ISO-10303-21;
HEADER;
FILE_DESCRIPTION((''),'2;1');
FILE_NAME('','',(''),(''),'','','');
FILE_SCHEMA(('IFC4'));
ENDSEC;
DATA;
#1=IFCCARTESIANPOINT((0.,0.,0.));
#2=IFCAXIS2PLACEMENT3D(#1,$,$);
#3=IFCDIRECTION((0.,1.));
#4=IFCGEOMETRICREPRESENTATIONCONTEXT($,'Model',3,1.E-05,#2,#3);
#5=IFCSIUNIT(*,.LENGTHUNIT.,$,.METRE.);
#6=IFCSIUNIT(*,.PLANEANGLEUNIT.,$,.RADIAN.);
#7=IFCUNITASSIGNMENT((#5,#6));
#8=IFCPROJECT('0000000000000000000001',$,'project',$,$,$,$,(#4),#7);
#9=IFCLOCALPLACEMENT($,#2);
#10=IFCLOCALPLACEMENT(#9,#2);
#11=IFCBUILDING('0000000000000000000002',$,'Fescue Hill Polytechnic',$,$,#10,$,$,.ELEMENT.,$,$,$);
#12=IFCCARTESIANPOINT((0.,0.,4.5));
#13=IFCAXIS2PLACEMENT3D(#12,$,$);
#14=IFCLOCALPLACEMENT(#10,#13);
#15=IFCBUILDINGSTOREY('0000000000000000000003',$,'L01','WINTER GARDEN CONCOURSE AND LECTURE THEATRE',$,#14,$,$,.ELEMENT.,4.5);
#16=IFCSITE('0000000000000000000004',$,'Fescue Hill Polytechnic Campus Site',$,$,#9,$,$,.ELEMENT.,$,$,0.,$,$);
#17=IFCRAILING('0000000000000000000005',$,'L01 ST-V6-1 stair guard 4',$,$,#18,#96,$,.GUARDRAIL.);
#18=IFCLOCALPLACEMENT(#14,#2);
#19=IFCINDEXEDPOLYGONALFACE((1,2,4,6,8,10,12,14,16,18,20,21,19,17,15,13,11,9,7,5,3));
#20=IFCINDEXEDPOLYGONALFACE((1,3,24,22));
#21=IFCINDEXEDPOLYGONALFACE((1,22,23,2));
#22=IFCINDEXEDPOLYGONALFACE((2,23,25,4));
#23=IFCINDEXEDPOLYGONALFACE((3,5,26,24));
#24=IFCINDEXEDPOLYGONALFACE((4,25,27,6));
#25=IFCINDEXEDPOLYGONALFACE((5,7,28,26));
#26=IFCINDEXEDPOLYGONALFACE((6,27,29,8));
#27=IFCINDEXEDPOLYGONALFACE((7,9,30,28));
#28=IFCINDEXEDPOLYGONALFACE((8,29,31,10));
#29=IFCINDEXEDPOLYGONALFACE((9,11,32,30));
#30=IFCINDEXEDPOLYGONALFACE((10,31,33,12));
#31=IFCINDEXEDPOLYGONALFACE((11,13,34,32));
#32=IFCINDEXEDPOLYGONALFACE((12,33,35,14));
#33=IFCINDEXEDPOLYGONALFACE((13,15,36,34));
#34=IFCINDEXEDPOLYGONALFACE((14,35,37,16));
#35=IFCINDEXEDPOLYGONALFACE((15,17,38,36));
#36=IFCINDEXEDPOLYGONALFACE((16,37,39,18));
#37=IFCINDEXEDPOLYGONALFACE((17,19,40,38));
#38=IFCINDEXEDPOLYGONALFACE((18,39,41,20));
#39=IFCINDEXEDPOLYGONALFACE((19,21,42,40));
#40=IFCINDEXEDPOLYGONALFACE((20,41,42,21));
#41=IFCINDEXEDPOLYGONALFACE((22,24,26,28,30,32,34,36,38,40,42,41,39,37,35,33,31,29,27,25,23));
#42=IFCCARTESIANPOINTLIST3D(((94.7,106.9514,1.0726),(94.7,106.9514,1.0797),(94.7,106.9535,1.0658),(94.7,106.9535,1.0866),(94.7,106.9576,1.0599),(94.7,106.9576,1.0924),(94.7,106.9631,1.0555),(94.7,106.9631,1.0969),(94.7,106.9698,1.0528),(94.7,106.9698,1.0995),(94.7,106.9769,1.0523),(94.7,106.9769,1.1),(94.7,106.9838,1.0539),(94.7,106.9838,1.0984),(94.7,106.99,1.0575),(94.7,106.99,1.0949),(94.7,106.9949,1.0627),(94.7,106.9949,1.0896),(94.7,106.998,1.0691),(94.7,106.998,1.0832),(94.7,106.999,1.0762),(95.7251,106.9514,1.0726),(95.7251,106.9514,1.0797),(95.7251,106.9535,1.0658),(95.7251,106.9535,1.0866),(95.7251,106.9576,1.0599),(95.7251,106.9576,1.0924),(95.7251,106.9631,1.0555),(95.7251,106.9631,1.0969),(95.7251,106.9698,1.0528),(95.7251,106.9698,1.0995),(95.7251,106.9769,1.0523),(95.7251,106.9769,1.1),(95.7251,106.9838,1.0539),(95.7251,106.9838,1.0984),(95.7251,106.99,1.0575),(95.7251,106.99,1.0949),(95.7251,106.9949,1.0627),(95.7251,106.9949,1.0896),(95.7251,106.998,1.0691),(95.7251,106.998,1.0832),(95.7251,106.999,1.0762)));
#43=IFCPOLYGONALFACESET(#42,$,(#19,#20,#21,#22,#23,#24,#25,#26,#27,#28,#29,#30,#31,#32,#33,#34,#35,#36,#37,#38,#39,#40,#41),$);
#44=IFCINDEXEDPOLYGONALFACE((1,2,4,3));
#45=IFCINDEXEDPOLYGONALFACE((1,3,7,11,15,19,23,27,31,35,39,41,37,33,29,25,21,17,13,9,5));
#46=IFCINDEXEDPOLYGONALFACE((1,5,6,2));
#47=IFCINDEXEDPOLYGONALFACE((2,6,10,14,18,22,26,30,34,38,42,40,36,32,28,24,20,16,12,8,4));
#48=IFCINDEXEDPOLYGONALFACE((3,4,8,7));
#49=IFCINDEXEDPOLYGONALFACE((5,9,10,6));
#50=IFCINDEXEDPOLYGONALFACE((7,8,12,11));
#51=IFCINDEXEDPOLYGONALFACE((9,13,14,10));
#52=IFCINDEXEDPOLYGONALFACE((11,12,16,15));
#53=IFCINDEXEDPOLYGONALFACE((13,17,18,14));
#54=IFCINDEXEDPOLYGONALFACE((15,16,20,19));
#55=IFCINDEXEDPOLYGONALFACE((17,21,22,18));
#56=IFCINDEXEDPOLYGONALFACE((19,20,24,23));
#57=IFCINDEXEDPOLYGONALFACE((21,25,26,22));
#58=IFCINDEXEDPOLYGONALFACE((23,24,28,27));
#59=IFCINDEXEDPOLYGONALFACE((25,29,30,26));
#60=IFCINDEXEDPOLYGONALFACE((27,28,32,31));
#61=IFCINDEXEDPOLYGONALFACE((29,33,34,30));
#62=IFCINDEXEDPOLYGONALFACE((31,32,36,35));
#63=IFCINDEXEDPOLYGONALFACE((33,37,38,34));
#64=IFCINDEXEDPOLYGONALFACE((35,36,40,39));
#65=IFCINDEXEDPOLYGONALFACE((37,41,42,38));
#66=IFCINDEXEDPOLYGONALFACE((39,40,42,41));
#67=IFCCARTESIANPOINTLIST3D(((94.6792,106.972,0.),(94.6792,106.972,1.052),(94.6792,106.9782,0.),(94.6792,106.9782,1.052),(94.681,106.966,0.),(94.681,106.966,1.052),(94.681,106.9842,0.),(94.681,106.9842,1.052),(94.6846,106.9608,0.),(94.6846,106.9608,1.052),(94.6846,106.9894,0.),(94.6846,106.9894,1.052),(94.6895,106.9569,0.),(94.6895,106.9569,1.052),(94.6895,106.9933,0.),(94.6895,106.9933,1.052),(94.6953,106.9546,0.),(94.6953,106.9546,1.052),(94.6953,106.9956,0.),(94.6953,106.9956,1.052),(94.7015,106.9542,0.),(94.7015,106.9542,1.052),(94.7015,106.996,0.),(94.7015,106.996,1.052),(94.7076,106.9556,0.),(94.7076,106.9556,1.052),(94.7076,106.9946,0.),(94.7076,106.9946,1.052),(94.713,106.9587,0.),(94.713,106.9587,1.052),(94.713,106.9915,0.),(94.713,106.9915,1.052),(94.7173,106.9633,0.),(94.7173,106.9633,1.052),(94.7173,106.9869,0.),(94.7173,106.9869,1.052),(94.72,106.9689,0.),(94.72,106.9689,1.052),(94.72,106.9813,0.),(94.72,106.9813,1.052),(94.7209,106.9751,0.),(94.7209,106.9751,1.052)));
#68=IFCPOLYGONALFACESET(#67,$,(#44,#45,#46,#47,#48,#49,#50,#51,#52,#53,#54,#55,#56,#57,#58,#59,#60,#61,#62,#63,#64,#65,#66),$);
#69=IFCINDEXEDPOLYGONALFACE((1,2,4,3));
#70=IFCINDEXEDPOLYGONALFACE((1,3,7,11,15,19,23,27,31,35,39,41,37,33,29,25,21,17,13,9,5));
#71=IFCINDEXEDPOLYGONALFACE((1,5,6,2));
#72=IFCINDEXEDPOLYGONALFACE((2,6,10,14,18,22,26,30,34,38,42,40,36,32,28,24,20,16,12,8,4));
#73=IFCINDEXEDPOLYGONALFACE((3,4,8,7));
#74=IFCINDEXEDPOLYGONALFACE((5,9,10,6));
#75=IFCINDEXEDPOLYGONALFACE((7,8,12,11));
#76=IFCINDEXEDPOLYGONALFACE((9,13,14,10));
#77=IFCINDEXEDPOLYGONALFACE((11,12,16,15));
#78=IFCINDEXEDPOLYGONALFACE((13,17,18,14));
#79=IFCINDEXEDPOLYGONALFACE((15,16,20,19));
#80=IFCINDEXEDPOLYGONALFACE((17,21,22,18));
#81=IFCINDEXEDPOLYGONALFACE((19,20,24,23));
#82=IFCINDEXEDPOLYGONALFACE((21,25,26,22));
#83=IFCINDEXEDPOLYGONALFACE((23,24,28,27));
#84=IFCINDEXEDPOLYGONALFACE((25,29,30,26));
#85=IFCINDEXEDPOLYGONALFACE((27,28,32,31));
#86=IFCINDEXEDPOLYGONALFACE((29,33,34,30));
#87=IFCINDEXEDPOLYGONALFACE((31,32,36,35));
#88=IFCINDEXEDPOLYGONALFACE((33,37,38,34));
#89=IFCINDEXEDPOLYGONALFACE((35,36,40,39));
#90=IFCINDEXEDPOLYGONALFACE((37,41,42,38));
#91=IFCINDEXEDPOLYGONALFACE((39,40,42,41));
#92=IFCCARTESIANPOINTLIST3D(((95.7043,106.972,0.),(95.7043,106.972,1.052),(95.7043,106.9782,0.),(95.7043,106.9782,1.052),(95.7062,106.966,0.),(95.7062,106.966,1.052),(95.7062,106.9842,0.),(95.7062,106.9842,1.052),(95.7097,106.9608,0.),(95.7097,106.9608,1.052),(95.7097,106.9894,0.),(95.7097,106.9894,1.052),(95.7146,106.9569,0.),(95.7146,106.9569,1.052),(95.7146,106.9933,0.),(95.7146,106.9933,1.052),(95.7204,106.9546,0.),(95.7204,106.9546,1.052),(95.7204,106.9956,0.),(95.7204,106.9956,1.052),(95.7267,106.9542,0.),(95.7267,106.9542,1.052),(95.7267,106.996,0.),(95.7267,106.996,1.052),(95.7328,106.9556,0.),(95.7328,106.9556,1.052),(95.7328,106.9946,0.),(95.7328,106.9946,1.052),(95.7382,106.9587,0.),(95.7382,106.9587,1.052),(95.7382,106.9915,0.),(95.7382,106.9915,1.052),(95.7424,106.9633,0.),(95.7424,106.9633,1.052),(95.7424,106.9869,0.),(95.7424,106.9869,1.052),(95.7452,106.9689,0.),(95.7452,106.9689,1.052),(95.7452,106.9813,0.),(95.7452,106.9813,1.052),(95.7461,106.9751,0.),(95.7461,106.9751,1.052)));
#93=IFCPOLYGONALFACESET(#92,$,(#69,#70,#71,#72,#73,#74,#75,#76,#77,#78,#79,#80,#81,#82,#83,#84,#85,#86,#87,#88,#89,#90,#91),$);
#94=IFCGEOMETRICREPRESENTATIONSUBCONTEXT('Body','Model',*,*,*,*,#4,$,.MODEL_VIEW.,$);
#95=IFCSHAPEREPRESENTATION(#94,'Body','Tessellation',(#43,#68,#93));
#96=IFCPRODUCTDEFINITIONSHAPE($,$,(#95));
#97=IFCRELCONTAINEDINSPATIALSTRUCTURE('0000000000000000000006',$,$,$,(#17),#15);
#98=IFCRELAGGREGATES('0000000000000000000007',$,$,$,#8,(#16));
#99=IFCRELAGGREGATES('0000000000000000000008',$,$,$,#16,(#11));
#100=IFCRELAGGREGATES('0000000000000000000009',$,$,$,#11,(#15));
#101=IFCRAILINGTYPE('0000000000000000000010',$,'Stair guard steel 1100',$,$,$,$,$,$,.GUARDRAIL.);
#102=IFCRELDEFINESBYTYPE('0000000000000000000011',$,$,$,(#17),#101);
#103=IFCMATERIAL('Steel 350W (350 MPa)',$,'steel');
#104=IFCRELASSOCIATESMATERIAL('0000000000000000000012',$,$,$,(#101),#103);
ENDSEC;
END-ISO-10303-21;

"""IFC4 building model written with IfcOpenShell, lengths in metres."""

from ifc_helpers import new_model, si_unit, direction, frame, origin, origin_2d, place, context, subcontext, project, spatial, circle, extrude, material, type_object, element, save


model = new_model("IFC4")

# Units and contexts
model_context = context("Model", 3, precision=1e-05, world=origin(), true_north=direction((0.0, 1.0)))
body_context = subcontext(model_context, "Body", "Model", "MODEL_VIEW")
ifc_project = project(units=[si_unit("LENGTHUNIT", "METRE"), si_unit("PLANEANGLEUNIT", "RADIAN")], contexts=[model_context])

# Site, building, storey
site_placement = place(None, origin())
site = spatial("IfcSite", under=ifc_project, at=site_placement, Name="Fescue Hill Polytechnic Campus Site", CompositionType="ELEMENT", RefElevation=0.0)
building_placement = place(site_placement, origin())
building = spatial("IfcBuilding", under=site, at=building_placement, Name="Fescue Hill Polytechnic", CompositionType="ELEMENT")
storey_placement = place(building_placement, frame((0.0, 0.0, 4.5)))
storey = spatial("IfcBuildingStorey", under=building, at=storey_placement, Name="L01", Description="WINTER GARDEN CONCOURSE AND LECTURE THEATRE", CompositionType="ELEMENT", Elevation=4.5)

# Railing
ifc_material_1 = material(Name="Steel 350W (350 MPa)", Category="steel")
railing_type_1 = type_object("IfcRailingType", Name="Stair guard steel 1100", PredefinedType="GUARDRAIL", material=ifc_material_1)
railing_1_placement = place(storey_placement, frame((94.7, 106.9751, 0.0)))
element("IfcRailing", 1, at=railing_1_placement, inside=storey, type_object=railing_type_1, Name="L01 ST-V6-1 stair guard 4", PredefinedType="GUARDRAIL", context=body_context, shape_type="SweptSolid", body=[
    extrude(circle(Radius=0.0239, at=origin_2d()), frame((0.0, 0.0, 1.0762), z_axis=(1.0, 0.0, 0.0), x_axis=(0.0, 1.0, 0.0)), (0.0, 0.0, 1.0), 1.0251),
    extrude(circle(Radius=0.021, at=origin_2d()), origin(), (0.0, 0.0, 1.0), 1.052),
    extrude(circle(Radius=0.021, at=origin_2d()), frame((1.0251, 0.0, 0.0)), (0.0, 0.0, 1.0), 1.052),
])

save(model, "model.ifc")
